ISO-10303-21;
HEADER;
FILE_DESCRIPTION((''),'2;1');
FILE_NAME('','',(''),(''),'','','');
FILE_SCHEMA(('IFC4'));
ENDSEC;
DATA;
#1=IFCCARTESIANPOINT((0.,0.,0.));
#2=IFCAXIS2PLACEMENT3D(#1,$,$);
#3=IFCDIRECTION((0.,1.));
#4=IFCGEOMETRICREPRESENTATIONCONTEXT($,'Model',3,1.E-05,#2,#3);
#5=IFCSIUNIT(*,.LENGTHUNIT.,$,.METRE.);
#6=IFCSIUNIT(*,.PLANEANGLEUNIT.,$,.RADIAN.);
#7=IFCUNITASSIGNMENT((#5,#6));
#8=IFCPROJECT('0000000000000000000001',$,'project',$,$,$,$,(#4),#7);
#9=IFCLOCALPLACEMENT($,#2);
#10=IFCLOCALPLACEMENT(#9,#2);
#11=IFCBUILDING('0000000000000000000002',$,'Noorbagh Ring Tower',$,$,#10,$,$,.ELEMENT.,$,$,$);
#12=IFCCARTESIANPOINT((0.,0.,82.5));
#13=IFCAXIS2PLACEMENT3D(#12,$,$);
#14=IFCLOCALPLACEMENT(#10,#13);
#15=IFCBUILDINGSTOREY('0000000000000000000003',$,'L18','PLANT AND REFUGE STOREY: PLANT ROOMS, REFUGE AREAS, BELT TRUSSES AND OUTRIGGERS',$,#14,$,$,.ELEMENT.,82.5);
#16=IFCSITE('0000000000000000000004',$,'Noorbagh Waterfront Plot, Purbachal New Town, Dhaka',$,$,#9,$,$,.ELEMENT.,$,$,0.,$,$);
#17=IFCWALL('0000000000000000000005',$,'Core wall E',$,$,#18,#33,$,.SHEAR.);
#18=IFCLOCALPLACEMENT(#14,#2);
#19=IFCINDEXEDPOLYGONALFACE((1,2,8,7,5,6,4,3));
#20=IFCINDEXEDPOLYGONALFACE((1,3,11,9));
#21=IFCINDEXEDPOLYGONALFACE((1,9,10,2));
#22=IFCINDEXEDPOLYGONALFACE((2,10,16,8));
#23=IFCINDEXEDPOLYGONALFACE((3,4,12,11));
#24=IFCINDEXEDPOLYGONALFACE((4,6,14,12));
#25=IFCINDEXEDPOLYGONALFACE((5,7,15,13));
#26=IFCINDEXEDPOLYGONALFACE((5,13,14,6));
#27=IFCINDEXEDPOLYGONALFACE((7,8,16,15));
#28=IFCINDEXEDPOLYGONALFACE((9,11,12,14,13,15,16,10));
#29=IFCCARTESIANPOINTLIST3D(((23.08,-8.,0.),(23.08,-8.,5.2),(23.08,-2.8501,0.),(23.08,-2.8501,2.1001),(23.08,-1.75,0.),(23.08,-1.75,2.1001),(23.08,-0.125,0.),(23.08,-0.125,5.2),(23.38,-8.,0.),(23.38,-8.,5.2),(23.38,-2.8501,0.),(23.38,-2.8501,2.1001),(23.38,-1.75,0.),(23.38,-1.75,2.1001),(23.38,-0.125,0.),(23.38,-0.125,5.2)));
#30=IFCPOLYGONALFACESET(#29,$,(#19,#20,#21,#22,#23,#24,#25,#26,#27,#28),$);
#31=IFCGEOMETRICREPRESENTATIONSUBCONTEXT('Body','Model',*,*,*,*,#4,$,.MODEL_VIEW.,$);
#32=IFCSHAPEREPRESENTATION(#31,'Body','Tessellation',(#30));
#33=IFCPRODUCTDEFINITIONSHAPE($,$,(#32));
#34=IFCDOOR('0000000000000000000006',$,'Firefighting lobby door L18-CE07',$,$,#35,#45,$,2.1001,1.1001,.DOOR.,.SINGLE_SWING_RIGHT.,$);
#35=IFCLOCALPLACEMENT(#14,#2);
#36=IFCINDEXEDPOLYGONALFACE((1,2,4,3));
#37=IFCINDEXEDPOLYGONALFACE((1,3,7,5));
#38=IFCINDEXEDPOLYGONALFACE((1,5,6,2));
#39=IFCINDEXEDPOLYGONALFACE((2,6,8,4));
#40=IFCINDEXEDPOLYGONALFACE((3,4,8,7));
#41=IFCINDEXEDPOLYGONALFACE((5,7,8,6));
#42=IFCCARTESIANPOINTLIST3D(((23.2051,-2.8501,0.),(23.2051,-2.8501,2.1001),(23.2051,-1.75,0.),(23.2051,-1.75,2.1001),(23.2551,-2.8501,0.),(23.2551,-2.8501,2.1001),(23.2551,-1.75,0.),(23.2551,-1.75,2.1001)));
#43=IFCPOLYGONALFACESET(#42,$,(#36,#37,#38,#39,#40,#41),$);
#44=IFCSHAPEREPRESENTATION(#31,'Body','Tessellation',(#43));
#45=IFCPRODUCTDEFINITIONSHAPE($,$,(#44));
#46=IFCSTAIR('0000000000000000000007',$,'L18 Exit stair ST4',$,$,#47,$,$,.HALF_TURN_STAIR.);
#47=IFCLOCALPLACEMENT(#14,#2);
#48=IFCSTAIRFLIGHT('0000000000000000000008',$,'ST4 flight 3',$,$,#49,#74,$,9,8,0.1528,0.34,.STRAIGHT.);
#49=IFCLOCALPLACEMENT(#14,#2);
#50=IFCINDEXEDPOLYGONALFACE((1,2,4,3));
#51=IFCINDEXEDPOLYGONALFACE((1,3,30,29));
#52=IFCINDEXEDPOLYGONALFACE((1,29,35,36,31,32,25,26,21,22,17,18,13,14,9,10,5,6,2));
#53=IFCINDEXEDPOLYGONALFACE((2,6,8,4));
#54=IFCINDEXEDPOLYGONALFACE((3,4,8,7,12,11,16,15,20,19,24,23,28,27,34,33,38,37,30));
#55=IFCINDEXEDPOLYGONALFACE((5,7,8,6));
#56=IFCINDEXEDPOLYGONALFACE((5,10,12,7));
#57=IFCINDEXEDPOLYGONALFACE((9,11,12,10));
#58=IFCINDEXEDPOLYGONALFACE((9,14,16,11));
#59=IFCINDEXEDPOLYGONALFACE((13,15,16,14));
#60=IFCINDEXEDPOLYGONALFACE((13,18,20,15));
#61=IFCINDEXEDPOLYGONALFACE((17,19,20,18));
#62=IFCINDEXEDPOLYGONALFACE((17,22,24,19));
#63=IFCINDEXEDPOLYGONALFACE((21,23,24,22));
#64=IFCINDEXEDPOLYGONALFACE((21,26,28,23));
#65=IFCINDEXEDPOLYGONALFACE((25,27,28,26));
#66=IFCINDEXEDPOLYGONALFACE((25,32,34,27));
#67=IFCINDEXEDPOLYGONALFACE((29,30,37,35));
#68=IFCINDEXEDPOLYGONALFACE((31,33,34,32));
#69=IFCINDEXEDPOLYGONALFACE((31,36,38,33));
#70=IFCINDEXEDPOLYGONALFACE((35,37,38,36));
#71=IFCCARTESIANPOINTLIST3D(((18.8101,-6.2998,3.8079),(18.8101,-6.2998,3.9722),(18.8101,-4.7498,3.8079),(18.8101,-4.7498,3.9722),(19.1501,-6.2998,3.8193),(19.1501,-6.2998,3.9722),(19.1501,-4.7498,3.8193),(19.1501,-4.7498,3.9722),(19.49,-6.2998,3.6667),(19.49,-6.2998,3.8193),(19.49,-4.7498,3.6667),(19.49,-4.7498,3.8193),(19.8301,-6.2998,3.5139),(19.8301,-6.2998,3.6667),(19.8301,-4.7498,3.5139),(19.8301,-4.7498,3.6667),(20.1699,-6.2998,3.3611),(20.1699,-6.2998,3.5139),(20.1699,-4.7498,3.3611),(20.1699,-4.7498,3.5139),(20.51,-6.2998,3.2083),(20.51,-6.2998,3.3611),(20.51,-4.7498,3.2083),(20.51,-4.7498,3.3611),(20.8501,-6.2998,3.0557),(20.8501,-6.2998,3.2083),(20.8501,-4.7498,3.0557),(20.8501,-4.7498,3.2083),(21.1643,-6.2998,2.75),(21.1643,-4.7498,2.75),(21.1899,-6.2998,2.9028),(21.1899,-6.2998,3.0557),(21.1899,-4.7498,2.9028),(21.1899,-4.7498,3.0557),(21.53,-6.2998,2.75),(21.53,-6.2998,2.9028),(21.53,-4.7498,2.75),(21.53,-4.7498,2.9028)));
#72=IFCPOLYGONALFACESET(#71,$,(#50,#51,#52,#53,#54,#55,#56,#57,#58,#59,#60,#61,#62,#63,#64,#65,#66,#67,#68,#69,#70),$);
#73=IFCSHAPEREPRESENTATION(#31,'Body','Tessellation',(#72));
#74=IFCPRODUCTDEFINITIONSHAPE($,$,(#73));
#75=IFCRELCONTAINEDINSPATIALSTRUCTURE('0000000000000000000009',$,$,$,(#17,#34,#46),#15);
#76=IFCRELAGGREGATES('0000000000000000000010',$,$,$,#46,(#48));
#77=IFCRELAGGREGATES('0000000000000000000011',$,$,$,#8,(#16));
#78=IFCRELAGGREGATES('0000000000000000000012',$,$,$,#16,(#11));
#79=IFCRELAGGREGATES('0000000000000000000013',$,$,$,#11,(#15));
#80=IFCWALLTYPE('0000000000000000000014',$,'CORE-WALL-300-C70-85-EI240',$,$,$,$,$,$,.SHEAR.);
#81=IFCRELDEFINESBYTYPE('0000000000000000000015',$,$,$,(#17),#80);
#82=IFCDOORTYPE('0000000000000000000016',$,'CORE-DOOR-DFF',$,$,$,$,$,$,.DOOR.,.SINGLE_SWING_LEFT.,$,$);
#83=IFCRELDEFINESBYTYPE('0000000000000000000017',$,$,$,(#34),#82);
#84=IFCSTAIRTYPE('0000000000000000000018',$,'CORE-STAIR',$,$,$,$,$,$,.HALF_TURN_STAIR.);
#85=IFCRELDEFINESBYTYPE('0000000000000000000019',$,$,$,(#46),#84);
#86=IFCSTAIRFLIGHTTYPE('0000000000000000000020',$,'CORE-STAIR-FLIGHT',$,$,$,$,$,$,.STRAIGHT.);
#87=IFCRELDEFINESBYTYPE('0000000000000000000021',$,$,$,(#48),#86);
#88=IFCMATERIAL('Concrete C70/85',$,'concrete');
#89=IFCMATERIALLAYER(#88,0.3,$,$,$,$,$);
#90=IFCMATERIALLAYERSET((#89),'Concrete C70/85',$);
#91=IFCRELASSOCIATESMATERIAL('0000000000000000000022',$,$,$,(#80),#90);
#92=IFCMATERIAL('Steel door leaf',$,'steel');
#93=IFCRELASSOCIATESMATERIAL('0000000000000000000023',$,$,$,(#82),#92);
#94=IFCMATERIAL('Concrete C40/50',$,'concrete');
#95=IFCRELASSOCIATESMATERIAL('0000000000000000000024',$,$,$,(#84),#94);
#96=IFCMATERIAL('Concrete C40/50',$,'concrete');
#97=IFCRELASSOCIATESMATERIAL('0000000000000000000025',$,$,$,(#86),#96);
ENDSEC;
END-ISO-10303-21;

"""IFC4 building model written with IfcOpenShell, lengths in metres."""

from ifc_helpers import new_model, si_unit, direction, frame, frame_2d, origin, place, context, subcontext, project, spatial, polyline, rectangle, outline, extrude, material, layer, layer_set, type_object, element, fill, aggregate, save


model = new_model("IFC4")

# Units and contexts
model_context = context("Model", 3, precision=1e-05, world=origin(), true_north=direction((0.0, 1.0)))
body_context = subcontext(model_context, "Body", "Model", "MODEL_VIEW")
ifc_project = project(units=[si_unit("LENGTHUNIT", "METRE"), si_unit("PLANEANGLEUNIT", "RADIAN")], contexts=[model_context])

# Site, building, storey
site_placement = place(None, origin())
site = spatial("IfcSite", under=ifc_project, at=site_placement, Name="Noorbagh Waterfront Plot, Purbachal New Town, Dhaka", CompositionType="ELEMENT", RefElevation=0.0)
building_placement = place(site_placement, origin())
building = spatial("IfcBuilding", under=site, at=building_placement, Name="Noorbagh Ring Tower", CompositionType="ELEMENT")
storey_placement = place(building_placement, frame((0.0, 0.0, 82.5)))
storey = spatial("IfcBuildingStorey", under=building, at=storey_placement, Name="L18", Description="PLANT AND REFUGE STOREY: PLANT ROOMS, REFUGE AREAS, BELT TRUSSES AND OUTRIGGERS", CompositionType="ELEMENT", Elevation=82.5)

# Shared definitions
ifc_material_1 = material(Name="Concrete C70/85", Category="concrete")
ifc_layer_1 = layer(ifc_material_1, 0.3)
ifc_layer_set_1 = layer_set([ifc_layer_1], Name="Concrete C70/85")
wall_type_1 = type_object("IfcWallType", Name="CORE-WALL-300-C70-85-EI240", PredefinedType="SHEAR", material=ifc_layer_set_1)

# Wall, opening, door
wall_1_placement = place(storey_placement, frame((23.23, -8.0, 0.0), z_axis=(0.0, 0.0, 1.0), x_axis=(0.0, 1.0, 0.0)))
wall_1 = element("IfcWall", 1, at=wall_1_placement, inside=storey, type_object=wall_type_1, Name="Core wall E", PredefinedType="SHEAR", context=body_context, shape_type="SweptSolid", body=[
    extrude(rectangle(XDim=7.875, YDim=0.3, at=frame_2d((3.9375, 0.0))), origin(), (0.0, 0.0, 1.0), 5.2),
])
opening_1_placement = place(wall_1_placement, frame((5.1499, 0.0, 0.0)))
opening_1 = element("IfcOpeningElement", 2, at=opening_1_placement, cuts=wall_1, PredefinedType="OPENING", context=body_context, shape_type="SweptSolid", body=[
    extrude(rectangle(XDim=1.1001, YDim=2.1001, at=frame_2d((0.55, 1.05))), frame((0.0, 0.1602, 0.0), z_axis=(0.0, -1.0, 0.0), x_axis=(1.0, 0.0, 0.0)), (0.0, 0.0, 1.0), 0.3201),
])
ifc_material_2 = material(Name="Steel door leaf", Category="steel")
door_type_1 = type_object("IfcDoorType", Name="CORE-DOOR-DFF", OperationType="SINGLE_SWING_LEFT", PredefinedType="DOOR", material=ifc_material_2)
door_1_placement = place(opening_1_placement, origin())
door_1 = element("IfcDoor", 3, at=door_1_placement, inside=storey, type_object=door_type_1, Name="Firefighting lobby door L18-CE07", OperationType="SINGLE_SWING_RIGHT", OverallHeight=2.1001, OverallWidth=1.1001, PredefinedType="DOOR", context=body_context, shape_type="SweptSolid", body=[
    extrude(rectangle(XDim=1.1001, YDim=2.1001, at=frame_2d((0.55, 1.05))), frame((0.0, 0.0249, 0.0), z_axis=(0.0, -1.0, 0.0), x_axis=(1.0, 0.0, 0.0)), (0.0, 0.0, 1.0), 0.05),
])
fill(opening_1, door_1)

# Stair, stair flight
ifc_material_3 = material(Name="Concrete C40/50", Category="concrete")
stair_type = type_object("IfcStairType", Name="CORE-STAIR", PredefinedType="HALF_TURN_STAIR", material=ifc_material_3)
stair_placement = place(storey_placement, origin())
stair = element("IfcStair", 4, at=stair_placement, inside=storey, type_object=stair_type, Name="L18 Exit stair ST4", PredefinedType="HALF_TURN_STAIR")
ifc_material_4 = material(Name="Concrete C40/50", Category="concrete")
stair_flight_type = type_object("IfcStairFlightType", Name="CORE-STAIR-FLIGHT", PredefinedType="STRAIGHT", material=ifc_material_4)
stair_flight_placement = place(storey_placement, frame((21.53, -5.5249, 2.75), z_axis=(0.0, 0.0, 1.0), x_axis=(-1.0, 0.0, 0.0)))
stair_flight = element("IfcStairFlight", 5, at=stair_flight_placement, type_object=stair_flight_type, Name="ST4 flight 3", NumberOfRisers=9, NumberOfTreads=8, PredefinedType="STRAIGHT", RiserHeight=0.1528, TreadLength=0.34, context=body_context, shape_type="SweptSolid", body=[
    extrude(outline(polyline([(0.0, 0.0), (0.0, 0.1528), (0.3401, 0.1528), (0.3401, 0.3057), (0.6799, 0.3057), (0.6799, 0.4583), (1.02, 0.4583), (1.02, 0.6111), (1.3601, 0.6111), (1.3601, 0.7639), (1.7, 0.7639), (1.7, 0.9167), (2.04, 0.9167), (2.04, 1.0693), (2.3799, 1.0693), (2.3799, 1.2222), (2.72, 1.2222), (2.72, 1.375), (2.72, 1.0579), (0.3657, 0.0), (0.0, 0.0)])), frame((0.0, 0.7749, 0.0), z_axis=(0.0, -1.0, 0.0), x_axis=(1.0, 0.0, 0.0)), (0.0, 0.0, 1.0), 1.55),
])
aggregate(stair, [stair_flight])

save(model, "model.ifc")
